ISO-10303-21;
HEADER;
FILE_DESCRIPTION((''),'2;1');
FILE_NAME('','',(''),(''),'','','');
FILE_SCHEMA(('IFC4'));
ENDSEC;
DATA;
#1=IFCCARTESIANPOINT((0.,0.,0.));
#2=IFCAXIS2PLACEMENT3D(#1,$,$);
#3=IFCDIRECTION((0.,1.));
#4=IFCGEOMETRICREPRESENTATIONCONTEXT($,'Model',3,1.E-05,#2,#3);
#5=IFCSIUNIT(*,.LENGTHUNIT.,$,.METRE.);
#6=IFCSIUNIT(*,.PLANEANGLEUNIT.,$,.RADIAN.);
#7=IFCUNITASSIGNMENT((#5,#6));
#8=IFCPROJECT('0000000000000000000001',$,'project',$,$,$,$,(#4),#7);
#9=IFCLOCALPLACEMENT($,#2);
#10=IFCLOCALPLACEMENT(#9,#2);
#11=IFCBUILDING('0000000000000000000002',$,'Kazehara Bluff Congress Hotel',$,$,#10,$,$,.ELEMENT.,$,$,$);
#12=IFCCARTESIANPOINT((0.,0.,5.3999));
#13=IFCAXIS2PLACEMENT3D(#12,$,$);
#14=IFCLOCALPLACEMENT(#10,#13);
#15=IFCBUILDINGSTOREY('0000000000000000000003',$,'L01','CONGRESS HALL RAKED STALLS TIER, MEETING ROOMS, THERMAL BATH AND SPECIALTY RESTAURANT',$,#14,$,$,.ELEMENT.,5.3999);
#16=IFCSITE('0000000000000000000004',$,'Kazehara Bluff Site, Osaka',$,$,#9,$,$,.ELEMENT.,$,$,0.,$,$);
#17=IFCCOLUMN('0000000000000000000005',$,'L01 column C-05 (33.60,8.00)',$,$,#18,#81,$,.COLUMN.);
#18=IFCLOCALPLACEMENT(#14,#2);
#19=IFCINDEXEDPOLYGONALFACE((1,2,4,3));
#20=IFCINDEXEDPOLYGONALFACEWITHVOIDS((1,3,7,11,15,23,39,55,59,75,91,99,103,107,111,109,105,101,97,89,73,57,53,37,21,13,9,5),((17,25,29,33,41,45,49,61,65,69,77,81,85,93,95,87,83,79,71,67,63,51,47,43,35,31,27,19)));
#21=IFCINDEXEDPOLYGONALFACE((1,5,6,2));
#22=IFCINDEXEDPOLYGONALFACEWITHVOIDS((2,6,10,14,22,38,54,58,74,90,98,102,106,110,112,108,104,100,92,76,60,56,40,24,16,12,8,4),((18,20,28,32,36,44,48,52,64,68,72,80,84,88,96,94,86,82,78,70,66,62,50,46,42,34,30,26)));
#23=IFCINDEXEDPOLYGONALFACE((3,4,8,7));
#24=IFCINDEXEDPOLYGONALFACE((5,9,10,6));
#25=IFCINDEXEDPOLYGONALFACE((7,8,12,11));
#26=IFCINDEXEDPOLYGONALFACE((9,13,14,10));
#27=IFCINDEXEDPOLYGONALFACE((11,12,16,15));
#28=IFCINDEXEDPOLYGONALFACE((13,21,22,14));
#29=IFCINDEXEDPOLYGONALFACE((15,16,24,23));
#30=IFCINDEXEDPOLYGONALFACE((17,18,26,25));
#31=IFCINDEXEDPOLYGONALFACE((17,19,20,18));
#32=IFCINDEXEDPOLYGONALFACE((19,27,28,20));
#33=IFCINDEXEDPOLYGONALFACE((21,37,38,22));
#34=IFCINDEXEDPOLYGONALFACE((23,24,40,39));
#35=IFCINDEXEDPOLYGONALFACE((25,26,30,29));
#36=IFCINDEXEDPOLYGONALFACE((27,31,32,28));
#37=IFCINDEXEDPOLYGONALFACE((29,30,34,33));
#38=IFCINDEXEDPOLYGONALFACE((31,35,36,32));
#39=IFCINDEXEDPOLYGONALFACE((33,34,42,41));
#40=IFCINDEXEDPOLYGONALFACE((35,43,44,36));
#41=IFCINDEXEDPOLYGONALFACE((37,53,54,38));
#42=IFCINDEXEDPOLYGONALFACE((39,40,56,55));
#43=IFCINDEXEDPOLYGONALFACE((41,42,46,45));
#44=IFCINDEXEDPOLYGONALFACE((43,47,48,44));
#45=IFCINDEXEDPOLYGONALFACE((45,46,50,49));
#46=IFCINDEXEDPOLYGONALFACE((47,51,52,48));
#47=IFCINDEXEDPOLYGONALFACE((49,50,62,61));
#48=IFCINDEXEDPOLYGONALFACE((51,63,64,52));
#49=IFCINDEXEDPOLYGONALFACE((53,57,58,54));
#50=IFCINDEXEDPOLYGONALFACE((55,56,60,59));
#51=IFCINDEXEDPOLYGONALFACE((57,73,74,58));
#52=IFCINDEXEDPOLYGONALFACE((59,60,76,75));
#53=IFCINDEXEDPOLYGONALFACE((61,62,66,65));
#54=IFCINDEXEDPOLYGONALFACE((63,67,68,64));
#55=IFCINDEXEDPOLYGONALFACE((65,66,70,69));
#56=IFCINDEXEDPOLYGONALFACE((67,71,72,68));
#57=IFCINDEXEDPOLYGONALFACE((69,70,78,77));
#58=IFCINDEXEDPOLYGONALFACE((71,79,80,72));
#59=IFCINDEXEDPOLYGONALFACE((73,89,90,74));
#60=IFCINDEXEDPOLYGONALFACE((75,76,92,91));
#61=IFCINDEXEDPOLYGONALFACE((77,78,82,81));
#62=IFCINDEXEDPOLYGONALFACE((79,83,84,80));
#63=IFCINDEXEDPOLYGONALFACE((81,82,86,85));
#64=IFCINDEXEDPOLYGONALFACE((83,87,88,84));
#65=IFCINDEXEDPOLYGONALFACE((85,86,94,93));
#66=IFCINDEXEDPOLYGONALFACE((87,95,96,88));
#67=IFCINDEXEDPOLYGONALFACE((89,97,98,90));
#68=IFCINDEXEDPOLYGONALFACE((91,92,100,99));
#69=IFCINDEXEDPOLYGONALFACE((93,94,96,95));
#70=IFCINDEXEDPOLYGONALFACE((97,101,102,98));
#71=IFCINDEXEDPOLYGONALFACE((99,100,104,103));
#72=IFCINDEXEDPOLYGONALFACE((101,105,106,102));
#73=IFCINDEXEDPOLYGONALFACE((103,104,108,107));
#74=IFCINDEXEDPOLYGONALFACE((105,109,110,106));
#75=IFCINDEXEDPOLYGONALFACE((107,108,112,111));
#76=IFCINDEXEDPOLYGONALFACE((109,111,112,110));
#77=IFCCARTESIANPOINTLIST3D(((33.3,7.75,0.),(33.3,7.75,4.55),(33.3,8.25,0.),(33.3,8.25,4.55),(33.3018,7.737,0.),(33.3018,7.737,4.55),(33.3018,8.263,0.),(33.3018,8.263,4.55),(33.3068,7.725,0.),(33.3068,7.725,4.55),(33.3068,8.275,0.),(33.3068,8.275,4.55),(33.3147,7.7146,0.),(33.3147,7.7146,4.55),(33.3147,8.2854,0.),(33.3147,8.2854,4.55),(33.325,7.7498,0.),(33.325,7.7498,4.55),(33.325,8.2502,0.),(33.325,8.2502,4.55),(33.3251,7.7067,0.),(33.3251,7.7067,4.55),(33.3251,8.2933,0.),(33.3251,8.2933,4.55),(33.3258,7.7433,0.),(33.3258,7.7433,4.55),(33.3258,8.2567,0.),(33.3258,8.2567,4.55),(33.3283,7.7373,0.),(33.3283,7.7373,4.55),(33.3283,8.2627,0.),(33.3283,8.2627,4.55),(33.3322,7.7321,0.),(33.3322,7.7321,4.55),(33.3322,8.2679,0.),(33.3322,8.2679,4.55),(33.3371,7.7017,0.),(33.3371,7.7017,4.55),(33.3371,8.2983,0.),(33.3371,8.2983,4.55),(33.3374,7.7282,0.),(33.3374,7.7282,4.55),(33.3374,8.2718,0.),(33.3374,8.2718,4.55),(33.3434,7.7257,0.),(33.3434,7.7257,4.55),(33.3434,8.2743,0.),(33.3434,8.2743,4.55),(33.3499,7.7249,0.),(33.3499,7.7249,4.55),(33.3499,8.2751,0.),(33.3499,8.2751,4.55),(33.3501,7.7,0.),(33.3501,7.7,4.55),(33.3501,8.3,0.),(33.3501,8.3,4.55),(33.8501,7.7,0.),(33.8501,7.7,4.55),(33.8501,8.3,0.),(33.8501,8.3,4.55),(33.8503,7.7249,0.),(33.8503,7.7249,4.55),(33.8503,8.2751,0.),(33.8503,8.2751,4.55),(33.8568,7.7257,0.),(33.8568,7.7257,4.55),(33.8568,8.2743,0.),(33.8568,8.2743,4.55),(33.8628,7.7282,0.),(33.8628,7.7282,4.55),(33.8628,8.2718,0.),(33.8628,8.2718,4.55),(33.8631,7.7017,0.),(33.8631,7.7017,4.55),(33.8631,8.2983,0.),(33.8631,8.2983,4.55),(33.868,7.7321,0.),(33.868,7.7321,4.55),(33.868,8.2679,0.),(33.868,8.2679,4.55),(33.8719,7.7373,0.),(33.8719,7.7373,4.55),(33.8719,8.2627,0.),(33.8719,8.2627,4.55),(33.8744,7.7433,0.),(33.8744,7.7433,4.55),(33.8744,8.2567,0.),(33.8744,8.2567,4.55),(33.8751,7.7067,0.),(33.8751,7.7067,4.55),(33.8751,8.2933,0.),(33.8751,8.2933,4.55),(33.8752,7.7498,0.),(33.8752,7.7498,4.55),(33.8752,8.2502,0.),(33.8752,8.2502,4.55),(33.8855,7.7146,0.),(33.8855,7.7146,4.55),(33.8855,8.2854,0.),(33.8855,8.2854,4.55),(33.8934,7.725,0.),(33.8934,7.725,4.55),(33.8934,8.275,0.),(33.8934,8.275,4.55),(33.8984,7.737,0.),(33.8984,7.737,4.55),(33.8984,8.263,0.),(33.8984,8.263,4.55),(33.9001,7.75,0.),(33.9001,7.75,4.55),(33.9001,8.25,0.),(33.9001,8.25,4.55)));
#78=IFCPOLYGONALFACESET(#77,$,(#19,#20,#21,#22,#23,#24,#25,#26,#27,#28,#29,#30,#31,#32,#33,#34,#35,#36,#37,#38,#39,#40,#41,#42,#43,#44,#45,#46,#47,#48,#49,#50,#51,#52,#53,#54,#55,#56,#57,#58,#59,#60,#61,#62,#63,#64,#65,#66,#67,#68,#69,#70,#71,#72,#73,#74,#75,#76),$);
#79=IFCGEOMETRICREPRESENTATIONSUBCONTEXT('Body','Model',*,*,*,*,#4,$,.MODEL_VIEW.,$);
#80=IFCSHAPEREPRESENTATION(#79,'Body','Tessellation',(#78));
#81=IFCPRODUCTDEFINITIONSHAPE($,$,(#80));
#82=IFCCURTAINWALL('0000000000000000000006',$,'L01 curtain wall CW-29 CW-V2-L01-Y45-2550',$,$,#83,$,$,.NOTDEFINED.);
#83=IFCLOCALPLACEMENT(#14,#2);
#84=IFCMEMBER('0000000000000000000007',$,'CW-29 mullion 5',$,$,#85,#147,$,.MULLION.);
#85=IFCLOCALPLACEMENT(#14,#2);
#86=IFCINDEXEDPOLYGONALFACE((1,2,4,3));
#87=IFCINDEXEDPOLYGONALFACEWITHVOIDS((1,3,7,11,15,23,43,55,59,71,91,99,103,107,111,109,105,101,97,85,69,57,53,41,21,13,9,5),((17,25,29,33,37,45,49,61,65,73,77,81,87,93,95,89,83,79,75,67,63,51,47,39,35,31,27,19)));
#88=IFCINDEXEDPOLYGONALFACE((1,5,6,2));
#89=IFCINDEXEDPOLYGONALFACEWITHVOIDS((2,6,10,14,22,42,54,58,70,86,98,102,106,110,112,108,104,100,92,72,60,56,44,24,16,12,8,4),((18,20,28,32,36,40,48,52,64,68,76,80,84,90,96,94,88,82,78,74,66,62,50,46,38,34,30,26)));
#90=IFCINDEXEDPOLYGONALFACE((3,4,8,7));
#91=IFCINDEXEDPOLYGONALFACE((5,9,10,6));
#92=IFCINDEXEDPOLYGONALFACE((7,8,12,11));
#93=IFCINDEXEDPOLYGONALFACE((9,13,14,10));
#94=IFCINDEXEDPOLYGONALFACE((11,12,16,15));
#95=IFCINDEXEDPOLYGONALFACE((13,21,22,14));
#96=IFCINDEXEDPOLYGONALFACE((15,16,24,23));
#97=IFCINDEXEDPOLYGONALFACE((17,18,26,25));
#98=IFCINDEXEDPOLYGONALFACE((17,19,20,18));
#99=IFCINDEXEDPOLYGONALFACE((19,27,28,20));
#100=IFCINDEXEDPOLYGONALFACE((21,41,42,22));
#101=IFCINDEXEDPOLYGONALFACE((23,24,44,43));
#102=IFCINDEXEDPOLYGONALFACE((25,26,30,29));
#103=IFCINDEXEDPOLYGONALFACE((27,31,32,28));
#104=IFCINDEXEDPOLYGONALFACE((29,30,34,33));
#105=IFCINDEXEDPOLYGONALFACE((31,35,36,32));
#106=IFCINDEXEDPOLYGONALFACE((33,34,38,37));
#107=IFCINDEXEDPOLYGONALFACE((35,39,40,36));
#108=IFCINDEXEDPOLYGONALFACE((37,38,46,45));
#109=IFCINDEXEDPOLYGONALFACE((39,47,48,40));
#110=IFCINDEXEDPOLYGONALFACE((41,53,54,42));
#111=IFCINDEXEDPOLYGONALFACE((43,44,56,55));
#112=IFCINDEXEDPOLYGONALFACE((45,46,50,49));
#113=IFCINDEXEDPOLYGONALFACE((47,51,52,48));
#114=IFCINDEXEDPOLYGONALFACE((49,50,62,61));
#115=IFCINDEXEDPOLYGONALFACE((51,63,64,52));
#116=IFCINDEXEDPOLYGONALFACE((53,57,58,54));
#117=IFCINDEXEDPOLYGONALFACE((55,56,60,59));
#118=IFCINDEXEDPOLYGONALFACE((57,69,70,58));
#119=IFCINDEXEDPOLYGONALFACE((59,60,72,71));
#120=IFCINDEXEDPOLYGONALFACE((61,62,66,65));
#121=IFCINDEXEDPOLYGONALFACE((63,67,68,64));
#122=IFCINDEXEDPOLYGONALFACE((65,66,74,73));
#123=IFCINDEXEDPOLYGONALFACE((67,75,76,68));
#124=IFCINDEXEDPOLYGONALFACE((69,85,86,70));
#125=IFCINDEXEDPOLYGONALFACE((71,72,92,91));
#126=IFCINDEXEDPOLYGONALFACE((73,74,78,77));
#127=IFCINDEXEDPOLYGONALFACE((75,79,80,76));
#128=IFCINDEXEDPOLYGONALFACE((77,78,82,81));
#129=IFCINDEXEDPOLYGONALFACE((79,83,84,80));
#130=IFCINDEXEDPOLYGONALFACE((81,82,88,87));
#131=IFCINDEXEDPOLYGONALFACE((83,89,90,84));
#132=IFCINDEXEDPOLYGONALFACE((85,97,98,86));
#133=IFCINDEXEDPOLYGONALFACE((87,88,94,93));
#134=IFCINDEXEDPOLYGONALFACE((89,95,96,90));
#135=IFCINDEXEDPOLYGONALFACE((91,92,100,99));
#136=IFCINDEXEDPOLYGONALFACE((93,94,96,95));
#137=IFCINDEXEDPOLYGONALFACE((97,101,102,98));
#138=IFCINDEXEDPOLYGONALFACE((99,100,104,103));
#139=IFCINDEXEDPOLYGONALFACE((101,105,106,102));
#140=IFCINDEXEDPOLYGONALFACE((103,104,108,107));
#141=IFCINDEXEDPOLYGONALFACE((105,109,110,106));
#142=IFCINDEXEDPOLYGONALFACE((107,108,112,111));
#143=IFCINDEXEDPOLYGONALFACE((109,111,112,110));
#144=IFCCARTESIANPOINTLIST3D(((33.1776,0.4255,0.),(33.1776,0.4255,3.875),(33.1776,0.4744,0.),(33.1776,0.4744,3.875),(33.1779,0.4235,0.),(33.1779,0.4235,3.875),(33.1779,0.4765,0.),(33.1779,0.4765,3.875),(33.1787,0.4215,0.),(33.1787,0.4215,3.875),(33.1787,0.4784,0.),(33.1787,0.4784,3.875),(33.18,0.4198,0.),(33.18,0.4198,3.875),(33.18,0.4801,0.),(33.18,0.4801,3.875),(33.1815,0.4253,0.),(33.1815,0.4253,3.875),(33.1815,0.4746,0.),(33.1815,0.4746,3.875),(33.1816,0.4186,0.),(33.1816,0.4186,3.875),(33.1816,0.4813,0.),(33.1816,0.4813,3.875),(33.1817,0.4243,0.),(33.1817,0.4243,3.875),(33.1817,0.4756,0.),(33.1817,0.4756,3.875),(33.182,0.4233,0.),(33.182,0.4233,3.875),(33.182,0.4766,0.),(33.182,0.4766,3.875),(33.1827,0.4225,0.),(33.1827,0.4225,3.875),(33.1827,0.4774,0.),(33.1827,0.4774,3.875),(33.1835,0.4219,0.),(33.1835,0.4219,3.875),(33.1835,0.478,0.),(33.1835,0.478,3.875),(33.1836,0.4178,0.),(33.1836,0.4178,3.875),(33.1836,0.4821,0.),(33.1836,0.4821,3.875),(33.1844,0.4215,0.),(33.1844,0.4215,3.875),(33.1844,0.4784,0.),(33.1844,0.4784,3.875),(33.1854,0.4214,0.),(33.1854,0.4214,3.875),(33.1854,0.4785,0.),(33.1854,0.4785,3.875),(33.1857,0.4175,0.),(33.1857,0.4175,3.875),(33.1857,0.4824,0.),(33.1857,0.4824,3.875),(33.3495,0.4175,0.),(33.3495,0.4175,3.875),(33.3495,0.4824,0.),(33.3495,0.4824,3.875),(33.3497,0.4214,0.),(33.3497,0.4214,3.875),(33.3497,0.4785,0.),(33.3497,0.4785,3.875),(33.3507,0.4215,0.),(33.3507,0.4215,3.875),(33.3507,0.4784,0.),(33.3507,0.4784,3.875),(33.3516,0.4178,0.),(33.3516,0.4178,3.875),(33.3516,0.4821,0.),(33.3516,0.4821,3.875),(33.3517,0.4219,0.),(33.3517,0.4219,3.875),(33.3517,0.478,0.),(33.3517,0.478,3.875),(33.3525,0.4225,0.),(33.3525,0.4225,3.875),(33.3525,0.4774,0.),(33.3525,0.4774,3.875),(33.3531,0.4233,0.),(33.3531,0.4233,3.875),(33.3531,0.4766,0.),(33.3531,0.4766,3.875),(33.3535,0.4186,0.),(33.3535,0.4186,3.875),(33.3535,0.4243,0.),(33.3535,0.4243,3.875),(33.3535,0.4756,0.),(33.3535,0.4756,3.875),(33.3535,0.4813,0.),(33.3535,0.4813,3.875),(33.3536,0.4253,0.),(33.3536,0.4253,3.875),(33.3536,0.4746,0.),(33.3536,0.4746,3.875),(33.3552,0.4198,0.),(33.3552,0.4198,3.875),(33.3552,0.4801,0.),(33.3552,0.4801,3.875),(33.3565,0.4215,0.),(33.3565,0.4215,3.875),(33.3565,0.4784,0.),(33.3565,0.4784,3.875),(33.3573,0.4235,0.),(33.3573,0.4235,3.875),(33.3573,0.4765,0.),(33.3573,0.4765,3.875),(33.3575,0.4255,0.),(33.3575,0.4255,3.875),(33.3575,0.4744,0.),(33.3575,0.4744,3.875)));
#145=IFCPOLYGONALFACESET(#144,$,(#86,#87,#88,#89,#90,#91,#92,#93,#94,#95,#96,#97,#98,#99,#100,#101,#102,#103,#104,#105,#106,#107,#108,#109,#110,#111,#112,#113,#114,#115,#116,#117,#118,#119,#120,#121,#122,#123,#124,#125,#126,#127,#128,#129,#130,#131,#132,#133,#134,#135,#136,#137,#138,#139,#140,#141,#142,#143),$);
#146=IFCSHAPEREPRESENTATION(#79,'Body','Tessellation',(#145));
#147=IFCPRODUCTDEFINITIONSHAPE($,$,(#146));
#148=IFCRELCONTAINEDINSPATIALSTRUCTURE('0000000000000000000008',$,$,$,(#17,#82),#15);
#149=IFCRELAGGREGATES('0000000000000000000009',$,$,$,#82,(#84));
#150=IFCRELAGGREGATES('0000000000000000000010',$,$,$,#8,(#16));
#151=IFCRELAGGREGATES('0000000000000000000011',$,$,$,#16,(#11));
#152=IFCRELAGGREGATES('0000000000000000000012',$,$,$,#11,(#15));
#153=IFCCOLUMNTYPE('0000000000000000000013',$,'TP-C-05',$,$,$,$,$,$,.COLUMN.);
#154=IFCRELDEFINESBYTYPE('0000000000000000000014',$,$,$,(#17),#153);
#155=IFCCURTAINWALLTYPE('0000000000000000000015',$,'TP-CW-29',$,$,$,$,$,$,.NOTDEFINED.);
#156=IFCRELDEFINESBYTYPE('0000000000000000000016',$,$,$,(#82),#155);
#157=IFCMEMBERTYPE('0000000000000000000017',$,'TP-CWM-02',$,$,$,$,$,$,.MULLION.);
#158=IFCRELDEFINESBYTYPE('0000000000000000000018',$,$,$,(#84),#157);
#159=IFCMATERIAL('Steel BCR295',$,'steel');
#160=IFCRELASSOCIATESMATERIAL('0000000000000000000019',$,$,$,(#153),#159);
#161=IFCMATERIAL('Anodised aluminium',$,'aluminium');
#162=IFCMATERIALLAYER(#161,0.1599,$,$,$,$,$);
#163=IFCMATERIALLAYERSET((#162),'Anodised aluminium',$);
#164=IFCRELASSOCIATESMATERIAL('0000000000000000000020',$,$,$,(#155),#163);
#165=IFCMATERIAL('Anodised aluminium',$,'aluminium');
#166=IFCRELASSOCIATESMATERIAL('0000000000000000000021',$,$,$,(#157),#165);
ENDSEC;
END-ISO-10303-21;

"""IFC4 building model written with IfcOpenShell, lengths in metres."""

from ifc_helpers import new_model, si_unit, direction, frame, origin, origin_2d, place, context, subcontext, project, spatial, hollow_rectangle, extrude, material, layer, layer_set, material_profile, profile_set, type_object, element, aggregate, save


model = new_model("IFC4")

# Units and contexts
model_context = context("Model", 3, precision=1e-05, world=origin(), true_north=direction((0.0, 1.0)))
body_context = subcontext(model_context, "Body", "Model", "MODEL_VIEW")
ifc_project = project(units=[si_unit("LENGTHUNIT", "METRE"), si_unit("PLANEANGLEUNIT", "RADIAN")], contexts=[model_context])

# Site, building, storey
site_placement = place(None, origin())
site = spatial("IfcSite", under=ifc_project, at=site_placement, Name="Kazehara Bluff Site, Osaka", CompositionType="ELEMENT", RefElevation=0.0)
building_placement = place(site_placement, origin())
building = spatial("IfcBuilding", under=site, at=building_placement, Name="Kazehara Bluff Congress Hotel", CompositionType="ELEMENT")
storey_placement = place(building_placement, frame((0.0, 0.0, 5.3999)))
storey = spatial("IfcBuildingStorey", under=building, at=storey_placement, Name="L01", Description="CONGRESS HALL RAKED STALLS TIER, MEETING ROOMS, THERMAL BATH AND SPECIALTY RESTAURANT", CompositionType="ELEMENT", Elevation=5.3999)

# Column
ifc_material_1 = material(Name="Steel BCR295", Category="steel")
ifc_material_profile_1 = material_profile(ifc_material_1, hollow_rectangle(XDim=0.6001, YDim=0.6001, WallThickness=0.0249, InnerFilletRadius=0.0249, OuterFilletRadius=0.05, at=origin_2d()))
ifc_profile_set_1 = profile_set([ifc_material_profile_1], Name="Steel BCR295")
column_type = type_object("IfcColumnType", Name="TP-C-05", PredefinedType="COLUMN", material=ifc_profile_set_1)
for number, where, z_axis, x_axis, name in (
    (1, (33.6001, 8.0, 0.0), (0.0, 0.0, 1.0), (1.0, 0.0, 0.0), "L01 column C-05 (33.60,8.00)"),
):
    element("IfcColumn", number, at=place(storey_placement, frame(where, z_axis=z_axis, x_axis=x_axis)), inside=storey, type_object=column_type, Name=name, PredefinedType="COLUMN", context=body_context, shape_type="SweptSolid", body=[
        extrude(hollow_rectangle(XDim=0.6001, YDim=0.6001, WallThickness=0.0249, InnerFilletRadius=0.0249, OuterFilletRadius=0.05, at=origin_2d()), origin(), (0.0, 0.0, 1.0), 4.55),
    ])

# Curtain wall, member
ifc_material_2 = material(Name="Anodised aluminium", Category="aluminium")
ifc_layer_1 = layer(ifc_material_2, 0.1599)
ifc_layer_set_1 = layer_set([ifc_layer_1], Name="Anodised aluminium")
curtain_wall_type = type_object("IfcCurtainWallType", Name="TP-CW-29", PredefinedType="NOTDEFINED", material=ifc_layer_set_1)
curtain_wall_1_placement = place(storey_placement, origin())
curtain_wall_1 = element("IfcCurtainWall", 2, at=curtain_wall_1_placement, inside=storey, type_object=curtain_wall_type, Name="L01 curtain wall CW-29 CW-V2-L01-Y45-2550", PredefinedType="NOTDEFINED")
ifc_material_3 = material(Name="Anodised aluminium", Category="aluminium")
ifc_material_profile_2 = material_profile(ifc_material_3, hollow_rectangle(XDim=0.0649, YDim=0.1799, WallThickness=0.0039, InnerFilletRadius=0.0039, OuterFilletRadius=0.0081, at=origin_2d()))
ifc_profile_set_2 = profile_set([ifc_material_profile_2], Name="Anodised aluminium")
member_type_1 = type_object("IfcMemberType", Name="TP-CWM-02", PredefinedType="MULLION", material=ifc_profile_set_2)
member_1_placement = place(storey_placement, frame((33.2676, 0.45, 0.0), z_axis=(0.0, 0.0, 1.0), x_axis=(0.0, 1.0, 0.0)))
member_1 = element("IfcMember", 3, at=member_1_placement, type_object=member_type_1, Name="CW-29 mullion 5", PredefinedType="MULLION", context=body_context, shape_type="SweptSolid", body=[
    extrude(hollow_rectangle(XDim=0.0649, YDim=0.1799, WallThickness=0.0039, InnerFilletRadius=0.0039, OuterFilletRadius=0.0081, at=origin_2d()), origin(), (0.0, 0.0, 1.0), 3.875),
])

aggregate(curtain_wall_1, [member_1])

save(model, "model.ifc")
